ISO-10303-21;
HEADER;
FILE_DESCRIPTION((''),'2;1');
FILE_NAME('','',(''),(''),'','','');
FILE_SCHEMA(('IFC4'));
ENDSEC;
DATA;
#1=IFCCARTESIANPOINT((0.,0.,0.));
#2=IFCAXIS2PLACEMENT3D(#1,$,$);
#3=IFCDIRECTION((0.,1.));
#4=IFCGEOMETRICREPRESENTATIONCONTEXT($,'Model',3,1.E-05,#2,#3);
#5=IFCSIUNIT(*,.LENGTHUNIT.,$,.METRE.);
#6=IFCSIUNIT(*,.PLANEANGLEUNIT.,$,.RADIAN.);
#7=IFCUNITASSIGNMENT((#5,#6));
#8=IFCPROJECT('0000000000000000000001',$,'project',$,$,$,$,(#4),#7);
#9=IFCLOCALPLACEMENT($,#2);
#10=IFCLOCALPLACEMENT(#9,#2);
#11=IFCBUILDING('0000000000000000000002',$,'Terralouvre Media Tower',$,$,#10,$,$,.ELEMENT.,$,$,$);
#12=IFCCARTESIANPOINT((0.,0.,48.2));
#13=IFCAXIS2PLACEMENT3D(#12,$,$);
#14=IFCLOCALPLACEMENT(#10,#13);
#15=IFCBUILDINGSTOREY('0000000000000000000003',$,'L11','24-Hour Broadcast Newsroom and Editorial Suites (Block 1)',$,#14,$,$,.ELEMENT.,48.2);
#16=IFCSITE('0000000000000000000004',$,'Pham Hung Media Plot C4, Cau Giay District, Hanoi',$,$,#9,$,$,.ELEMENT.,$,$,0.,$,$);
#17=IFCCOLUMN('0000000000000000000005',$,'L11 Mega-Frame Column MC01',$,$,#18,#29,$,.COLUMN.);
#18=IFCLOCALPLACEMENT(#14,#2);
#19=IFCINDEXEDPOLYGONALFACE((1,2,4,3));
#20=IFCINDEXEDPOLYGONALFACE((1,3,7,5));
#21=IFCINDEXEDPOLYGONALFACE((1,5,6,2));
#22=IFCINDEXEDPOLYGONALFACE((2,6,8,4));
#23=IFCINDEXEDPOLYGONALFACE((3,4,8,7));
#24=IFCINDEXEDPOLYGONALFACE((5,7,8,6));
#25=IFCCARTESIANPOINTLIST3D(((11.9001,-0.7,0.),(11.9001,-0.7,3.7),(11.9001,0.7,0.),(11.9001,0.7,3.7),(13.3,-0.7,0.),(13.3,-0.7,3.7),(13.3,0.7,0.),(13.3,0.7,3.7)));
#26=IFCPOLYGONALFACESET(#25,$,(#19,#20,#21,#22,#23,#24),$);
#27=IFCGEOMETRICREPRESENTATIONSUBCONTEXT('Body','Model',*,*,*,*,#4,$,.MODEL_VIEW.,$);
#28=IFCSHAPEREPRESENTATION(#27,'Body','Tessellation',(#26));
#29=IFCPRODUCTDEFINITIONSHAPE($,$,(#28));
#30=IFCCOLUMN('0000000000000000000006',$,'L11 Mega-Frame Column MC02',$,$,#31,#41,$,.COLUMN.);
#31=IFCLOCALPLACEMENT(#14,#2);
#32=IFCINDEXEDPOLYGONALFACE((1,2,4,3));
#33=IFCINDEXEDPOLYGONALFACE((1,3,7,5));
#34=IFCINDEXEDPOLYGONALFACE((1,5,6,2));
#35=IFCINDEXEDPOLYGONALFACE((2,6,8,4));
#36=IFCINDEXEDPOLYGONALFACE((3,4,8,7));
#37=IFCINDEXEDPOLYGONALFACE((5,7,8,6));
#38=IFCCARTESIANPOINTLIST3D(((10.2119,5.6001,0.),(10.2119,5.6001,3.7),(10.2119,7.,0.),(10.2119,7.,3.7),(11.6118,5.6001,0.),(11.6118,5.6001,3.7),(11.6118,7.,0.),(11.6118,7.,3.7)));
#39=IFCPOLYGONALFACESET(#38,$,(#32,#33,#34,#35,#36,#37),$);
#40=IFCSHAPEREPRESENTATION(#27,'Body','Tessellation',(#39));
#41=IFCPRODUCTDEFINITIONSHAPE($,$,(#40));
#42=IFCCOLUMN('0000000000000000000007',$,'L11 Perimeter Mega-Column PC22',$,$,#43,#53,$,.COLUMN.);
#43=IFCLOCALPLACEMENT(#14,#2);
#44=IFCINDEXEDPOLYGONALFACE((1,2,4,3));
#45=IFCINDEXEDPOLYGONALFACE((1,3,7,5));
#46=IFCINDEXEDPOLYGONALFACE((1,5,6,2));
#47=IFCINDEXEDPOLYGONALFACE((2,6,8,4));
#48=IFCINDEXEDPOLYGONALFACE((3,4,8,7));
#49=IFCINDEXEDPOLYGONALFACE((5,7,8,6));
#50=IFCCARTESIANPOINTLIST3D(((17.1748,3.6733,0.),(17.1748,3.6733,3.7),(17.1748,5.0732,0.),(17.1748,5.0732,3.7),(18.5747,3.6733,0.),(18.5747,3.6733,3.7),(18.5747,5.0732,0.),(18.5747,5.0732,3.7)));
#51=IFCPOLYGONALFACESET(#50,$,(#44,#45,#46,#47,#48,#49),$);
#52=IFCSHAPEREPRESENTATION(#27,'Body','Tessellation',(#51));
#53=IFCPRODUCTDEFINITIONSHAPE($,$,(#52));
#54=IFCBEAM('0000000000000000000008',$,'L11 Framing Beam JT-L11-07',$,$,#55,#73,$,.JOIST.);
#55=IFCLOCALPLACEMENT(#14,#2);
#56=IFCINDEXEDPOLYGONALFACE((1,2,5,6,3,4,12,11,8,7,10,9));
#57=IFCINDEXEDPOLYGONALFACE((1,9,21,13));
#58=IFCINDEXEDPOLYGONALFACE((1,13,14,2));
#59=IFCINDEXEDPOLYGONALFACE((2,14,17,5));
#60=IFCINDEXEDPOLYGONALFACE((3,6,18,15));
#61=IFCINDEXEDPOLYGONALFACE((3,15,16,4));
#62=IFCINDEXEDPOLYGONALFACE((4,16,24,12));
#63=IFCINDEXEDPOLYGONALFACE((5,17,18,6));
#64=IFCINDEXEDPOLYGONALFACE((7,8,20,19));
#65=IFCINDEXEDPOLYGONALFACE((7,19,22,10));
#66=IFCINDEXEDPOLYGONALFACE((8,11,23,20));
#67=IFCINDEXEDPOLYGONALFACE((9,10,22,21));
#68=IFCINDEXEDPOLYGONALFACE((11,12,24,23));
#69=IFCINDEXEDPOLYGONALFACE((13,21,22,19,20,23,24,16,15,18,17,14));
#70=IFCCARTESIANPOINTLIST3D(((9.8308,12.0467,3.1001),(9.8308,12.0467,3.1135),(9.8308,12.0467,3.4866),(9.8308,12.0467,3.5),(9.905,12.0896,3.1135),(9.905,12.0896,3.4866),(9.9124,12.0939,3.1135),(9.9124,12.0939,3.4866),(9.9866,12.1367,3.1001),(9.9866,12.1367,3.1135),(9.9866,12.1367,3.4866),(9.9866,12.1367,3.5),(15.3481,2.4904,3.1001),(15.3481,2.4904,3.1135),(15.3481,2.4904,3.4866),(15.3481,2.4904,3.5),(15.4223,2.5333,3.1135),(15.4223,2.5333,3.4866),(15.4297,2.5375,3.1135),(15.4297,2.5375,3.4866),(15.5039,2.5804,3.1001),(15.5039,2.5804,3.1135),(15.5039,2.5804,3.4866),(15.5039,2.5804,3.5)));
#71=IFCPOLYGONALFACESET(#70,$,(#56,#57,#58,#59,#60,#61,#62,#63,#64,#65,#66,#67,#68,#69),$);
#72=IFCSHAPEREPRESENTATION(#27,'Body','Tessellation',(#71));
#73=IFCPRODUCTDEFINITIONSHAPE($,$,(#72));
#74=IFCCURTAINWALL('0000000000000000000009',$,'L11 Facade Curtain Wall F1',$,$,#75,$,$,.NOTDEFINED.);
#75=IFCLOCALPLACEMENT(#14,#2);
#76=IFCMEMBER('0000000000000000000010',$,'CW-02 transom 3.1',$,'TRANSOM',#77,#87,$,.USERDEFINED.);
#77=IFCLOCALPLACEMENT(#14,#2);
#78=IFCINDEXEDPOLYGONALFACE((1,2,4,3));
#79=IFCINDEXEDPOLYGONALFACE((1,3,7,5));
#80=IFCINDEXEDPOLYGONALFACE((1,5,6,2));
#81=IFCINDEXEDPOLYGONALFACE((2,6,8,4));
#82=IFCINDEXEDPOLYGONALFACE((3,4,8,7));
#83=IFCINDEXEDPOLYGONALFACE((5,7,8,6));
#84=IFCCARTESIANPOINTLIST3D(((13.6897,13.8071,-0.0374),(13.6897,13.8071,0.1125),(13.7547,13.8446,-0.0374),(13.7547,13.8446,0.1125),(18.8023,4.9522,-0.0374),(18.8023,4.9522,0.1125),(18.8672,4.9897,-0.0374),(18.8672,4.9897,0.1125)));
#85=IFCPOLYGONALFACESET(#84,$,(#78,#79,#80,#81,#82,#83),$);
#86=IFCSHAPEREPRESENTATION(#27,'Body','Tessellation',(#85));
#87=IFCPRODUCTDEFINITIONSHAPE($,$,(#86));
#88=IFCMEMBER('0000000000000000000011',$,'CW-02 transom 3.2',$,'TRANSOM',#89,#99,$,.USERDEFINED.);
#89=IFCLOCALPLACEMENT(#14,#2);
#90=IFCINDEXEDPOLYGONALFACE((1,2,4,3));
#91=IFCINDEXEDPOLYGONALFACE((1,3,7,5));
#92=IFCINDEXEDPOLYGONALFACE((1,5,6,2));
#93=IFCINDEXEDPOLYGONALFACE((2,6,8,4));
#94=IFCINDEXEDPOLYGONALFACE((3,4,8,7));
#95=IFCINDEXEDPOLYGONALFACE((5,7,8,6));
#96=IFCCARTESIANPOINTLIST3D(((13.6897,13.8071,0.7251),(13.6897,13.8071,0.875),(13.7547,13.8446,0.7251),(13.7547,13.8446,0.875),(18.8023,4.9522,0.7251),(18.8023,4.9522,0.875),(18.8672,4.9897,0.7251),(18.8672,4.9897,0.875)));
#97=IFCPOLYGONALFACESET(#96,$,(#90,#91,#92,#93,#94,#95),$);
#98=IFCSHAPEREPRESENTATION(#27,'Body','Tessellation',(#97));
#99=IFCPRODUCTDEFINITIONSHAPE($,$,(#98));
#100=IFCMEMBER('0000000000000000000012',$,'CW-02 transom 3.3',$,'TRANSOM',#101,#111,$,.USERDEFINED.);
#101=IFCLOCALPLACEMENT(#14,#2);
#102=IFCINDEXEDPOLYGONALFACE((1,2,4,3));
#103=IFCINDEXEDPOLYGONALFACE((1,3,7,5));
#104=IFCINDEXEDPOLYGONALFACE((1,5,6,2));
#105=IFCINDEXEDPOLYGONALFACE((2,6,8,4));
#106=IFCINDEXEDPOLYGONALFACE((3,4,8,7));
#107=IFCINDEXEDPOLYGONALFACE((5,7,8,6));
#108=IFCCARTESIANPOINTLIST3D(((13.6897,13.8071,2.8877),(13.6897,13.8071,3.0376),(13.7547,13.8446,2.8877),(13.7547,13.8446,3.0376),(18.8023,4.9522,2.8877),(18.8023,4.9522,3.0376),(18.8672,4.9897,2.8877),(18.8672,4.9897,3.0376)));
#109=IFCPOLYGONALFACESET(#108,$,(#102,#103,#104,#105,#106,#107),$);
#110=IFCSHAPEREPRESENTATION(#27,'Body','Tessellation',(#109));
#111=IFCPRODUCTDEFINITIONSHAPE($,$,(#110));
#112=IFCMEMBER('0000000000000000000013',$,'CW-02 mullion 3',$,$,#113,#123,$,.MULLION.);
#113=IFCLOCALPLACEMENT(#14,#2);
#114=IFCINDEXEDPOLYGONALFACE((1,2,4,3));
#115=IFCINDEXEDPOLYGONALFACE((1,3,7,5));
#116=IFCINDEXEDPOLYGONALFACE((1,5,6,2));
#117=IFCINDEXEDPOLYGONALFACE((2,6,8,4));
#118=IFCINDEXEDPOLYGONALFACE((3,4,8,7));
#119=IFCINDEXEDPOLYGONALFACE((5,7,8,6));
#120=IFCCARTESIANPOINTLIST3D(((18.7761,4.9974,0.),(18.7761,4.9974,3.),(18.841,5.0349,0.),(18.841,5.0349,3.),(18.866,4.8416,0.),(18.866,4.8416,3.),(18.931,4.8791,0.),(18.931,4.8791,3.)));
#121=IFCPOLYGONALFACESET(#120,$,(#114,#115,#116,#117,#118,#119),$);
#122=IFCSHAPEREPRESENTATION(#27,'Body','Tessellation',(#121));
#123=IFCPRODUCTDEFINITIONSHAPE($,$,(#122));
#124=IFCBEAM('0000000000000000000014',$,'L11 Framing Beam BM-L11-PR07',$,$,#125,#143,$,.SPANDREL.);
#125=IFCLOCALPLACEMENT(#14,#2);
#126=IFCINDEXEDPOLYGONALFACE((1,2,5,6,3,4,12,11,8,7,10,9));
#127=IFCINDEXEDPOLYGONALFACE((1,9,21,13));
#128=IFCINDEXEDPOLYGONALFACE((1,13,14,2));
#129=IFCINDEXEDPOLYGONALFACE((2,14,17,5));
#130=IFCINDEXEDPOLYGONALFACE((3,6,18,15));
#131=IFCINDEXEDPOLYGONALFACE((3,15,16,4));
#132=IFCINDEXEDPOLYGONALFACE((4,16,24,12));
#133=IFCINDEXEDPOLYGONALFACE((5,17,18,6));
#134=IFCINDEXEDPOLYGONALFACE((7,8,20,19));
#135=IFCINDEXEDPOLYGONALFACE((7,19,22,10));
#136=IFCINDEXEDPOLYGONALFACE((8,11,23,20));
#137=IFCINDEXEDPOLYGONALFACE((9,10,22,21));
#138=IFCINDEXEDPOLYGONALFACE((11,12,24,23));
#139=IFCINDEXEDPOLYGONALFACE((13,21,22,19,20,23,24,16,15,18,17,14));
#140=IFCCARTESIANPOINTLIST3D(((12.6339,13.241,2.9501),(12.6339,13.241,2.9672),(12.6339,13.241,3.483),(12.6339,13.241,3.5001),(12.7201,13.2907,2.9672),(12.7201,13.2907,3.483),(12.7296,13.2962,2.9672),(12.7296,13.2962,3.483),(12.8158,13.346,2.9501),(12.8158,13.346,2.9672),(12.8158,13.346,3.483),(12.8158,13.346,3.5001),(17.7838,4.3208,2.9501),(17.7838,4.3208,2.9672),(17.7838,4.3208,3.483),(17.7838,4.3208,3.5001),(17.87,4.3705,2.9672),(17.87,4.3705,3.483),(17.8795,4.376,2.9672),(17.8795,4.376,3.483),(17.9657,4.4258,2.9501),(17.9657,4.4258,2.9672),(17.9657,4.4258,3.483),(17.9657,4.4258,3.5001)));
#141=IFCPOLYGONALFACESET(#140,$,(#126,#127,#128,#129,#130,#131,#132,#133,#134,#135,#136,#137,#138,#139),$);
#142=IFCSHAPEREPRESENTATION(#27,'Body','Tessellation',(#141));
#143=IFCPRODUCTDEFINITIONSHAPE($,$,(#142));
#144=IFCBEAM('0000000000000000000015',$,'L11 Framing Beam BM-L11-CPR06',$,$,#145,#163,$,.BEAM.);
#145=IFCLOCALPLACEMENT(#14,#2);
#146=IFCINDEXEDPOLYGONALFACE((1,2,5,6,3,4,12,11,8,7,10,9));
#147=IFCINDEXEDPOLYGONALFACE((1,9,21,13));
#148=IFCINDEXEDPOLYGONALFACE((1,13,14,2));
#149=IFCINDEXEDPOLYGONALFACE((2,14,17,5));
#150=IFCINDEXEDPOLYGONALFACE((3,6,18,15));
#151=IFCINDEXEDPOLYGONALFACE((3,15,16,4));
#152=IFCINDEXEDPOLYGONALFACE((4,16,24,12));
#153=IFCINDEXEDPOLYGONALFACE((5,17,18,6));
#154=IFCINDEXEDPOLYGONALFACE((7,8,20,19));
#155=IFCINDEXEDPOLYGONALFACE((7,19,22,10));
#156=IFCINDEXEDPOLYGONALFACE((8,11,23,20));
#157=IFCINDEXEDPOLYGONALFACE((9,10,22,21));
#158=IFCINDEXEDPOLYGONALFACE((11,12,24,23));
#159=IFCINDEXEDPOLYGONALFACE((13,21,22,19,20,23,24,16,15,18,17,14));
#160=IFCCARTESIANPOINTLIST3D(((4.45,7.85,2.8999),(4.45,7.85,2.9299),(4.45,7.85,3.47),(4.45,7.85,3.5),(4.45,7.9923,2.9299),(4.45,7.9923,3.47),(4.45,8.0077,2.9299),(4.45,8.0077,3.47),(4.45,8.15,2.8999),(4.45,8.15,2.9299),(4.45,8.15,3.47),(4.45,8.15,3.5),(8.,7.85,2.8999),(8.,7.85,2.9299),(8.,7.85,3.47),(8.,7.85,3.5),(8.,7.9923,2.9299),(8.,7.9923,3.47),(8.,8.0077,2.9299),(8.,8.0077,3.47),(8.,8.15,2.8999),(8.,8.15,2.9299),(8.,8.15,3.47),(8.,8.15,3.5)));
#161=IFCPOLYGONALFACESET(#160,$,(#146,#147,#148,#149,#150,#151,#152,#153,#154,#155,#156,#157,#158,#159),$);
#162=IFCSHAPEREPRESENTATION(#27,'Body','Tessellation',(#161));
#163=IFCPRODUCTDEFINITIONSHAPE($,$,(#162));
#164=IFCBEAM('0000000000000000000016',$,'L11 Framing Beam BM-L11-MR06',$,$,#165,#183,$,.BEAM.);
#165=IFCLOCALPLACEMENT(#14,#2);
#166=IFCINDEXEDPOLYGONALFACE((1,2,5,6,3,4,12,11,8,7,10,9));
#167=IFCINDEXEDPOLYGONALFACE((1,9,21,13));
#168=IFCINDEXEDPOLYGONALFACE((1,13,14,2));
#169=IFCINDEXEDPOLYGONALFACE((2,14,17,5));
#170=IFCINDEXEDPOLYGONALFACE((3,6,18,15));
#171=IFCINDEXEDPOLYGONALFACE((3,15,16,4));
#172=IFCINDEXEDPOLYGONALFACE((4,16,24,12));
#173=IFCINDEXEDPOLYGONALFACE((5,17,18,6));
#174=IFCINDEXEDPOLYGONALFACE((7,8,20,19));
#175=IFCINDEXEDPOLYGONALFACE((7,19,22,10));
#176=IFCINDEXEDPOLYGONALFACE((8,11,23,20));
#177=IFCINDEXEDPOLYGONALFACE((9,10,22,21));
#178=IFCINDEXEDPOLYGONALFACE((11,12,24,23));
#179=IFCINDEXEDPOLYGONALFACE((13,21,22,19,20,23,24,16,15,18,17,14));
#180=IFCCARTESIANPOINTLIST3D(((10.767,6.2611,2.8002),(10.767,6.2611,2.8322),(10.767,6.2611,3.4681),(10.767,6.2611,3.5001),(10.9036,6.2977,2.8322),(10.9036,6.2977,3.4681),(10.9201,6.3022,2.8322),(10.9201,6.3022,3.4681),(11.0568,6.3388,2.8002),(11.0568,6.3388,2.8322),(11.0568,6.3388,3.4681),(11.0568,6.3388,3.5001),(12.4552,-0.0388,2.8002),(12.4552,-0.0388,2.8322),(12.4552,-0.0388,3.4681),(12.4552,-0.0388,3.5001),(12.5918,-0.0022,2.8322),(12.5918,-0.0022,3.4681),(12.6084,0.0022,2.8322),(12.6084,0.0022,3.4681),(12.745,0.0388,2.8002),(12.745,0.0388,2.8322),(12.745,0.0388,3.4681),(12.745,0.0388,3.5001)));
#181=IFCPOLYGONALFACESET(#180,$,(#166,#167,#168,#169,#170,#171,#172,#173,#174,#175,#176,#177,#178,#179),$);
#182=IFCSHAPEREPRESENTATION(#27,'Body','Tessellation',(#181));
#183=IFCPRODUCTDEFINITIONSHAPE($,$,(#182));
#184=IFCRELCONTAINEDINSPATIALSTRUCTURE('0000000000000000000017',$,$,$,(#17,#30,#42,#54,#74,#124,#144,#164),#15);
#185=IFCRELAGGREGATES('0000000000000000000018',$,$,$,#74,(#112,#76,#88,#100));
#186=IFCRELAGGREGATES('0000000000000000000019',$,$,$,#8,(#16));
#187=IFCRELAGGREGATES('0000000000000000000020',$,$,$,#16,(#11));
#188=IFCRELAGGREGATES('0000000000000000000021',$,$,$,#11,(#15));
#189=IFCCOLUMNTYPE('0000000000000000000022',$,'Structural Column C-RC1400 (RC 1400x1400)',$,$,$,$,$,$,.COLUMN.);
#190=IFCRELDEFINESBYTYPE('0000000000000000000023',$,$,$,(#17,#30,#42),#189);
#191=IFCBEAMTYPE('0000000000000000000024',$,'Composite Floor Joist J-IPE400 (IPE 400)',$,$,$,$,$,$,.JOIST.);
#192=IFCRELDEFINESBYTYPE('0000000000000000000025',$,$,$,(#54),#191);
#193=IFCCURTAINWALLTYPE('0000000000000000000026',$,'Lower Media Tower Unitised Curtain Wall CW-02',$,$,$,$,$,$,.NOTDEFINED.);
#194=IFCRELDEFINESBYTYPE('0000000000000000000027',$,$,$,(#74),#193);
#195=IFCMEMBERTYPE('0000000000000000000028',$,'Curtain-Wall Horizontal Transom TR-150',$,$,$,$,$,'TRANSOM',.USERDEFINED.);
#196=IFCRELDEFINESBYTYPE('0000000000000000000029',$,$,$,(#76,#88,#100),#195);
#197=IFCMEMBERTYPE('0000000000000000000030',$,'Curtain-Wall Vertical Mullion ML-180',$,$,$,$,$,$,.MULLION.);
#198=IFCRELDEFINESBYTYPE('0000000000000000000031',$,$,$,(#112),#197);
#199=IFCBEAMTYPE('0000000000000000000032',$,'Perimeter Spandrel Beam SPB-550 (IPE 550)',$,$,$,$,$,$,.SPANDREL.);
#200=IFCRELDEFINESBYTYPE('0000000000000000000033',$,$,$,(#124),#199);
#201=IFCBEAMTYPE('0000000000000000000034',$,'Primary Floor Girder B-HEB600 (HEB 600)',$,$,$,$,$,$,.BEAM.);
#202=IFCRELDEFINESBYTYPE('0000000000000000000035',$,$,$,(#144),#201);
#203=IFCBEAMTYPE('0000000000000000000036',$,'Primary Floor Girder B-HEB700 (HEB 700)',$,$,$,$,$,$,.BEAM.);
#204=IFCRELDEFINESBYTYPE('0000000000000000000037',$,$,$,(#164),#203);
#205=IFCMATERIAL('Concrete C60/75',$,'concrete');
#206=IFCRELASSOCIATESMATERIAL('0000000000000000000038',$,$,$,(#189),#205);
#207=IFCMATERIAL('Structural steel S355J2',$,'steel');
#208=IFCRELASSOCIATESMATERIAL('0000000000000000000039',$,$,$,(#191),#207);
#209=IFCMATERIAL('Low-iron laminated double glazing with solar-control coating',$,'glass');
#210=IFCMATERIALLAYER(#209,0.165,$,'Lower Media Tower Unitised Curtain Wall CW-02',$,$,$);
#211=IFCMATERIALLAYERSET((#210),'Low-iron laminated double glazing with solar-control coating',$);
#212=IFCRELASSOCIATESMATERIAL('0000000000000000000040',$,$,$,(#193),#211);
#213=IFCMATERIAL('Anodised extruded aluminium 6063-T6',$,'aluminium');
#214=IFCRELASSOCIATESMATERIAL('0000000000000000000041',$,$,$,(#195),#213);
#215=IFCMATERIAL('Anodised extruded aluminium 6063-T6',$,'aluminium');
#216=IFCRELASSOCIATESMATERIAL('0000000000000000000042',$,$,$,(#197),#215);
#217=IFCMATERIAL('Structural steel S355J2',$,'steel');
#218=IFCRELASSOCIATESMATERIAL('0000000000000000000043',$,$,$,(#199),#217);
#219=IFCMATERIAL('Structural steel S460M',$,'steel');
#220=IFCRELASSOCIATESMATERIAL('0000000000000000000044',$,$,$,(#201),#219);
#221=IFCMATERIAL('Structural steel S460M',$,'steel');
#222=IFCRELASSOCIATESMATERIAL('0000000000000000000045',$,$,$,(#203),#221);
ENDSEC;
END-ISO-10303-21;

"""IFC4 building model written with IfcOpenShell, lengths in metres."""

from ifc_helpers import new_model, si_unit, direction, frame, origin, origin_2d, place, context, subcontext, project, spatial, rectangle, i_section, extrude, material, layer, layer_set, material_profile, profile_set, type_object, element, aggregate, save


model = new_model("IFC4")

# Units and contexts
model_context = context("Model", 3, precision=1e-05, world=origin(), true_north=direction((0.0, 1.0)))
body_context = subcontext(model_context, "Body", "Model", "MODEL_VIEW")
ifc_project = project(units=[si_unit("LENGTHUNIT", "METRE"), si_unit("PLANEANGLEUNIT", "RADIAN")], contexts=[model_context])

# Site, building, storey
site_placement = place(None, origin())
site = spatial("IfcSite", under=ifc_project, at=site_placement, Name="Pham Hung Media Plot C4, Cau Giay District, Hanoi", CompositionType="ELEMENT", RefElevation=0.0)
building_placement = place(site_placement, origin())
building = spatial("IfcBuilding", under=site, at=building_placement, Name="Terralouvre Media Tower", CompositionType="ELEMENT")
storey_placement = place(building_placement, frame((0.0, 0.0, 48.2)))
storey = spatial("IfcBuildingStorey", under=building, at=storey_placement, Name="L11", Description="24-Hour Broadcast Newsroom and Editorial Suites (Block 1)", CompositionType="ELEMENT", Elevation=48.2)

# Columns
ifc_material_1 = material(Name="Concrete C60/75", Category="concrete")
ifc_material_profile_1 = material_profile(ifc_material_1, rectangle(XDim=1.3999, YDim=1.3999, at=origin_2d()), Name="RC 1400x1400")
ifc_profile_set_1 = profile_set([ifc_material_profile_1], Name="Concrete C60/75")
column_type = type_object("IfcColumnType", Name="Structural Column C-RC1400 (RC 1400x1400)", PredefinedType="COLUMN", material=ifc_profile_set_1)
for number, where, z_axis, x_axis, name in (
    (1, (12.6001, 0.0, 0.0), (0.0, 0.0, 1.0), (1.0, 0.0, 0.0), "L11 Mega-Frame Column MC01"),
    (2, (10.9119, 6.3, 0.0), (0.0, 0.0, 1.0), (1.0, 0.0, 0.0), "L11 Mega-Frame Column MC02"),
    (3, (17.8748, 4.3733, 0.0), (0.0, 0.0, 1.0), (1.0, 0.0, 0.0), "L11 Perimeter Mega-Column PC22"),
):
    element("IfcColumn", number, at=place(storey_placement, frame(where, z_axis=z_axis, x_axis=x_axis)), inside=storey, type_object=column_type, Name=name, PredefinedType="COLUMN", context=body_context, shape_type="SweptSolid", body=[
        extrude(rectangle(XDim=1.3999, YDim=1.3999, at=origin_2d()), origin(), (0.0, 0.0, 1.0), 3.7),
    ])

# Beam
ifc_material_2 = material(Name="Structural steel S355J2", Category="steel")
ifc_material_profile_2 = material_profile(ifc_material_2, i_section(OverallWidth=0.1799, OverallDepth=0.3999, WebThickness=0.0085, FlangeThickness=0.0134, at=origin_2d()), Name="IPE 400")
ifc_profile_set_2 = profile_set([ifc_material_profile_2], Name="Structural steel S355J2")
beam_type_1 = type_object("IfcBeamType", Name="Composite Floor Joist J-IPE400 (IPE 400)", PredefinedType="JOIST", material=ifc_profile_set_2)
beam_1_placement = place(storey_placement, frame((15.426, 2.5354, 3.3), z_axis=(-0.499996, 0.866028, 0.0), x_axis=(-0.866028, -0.499996, 0.0)))
element("IfcBeam", 4, at=beam_1_placement, inside=storey, type_object=beam_type_1, Name="L11 Framing Beam JT-L11-07", PredefinedType="JOIST", context=body_context, shape_type="SweptSolid", body=[
    extrude(i_section(OverallWidth=0.1799, OverallDepth=0.3999, WebThickness=0.0085, FlangeThickness=0.0134, at=origin_2d()), origin(), (0.0, 0.0, 1.0), 11.0347),
])

# Curtain wall, members
ifc_material_3 = material(Name="Low-iron laminated double glazing with solar-control coating", Category="glass")
ifc_layer_1 = layer(ifc_material_3, 0.165, Name="Lower Media Tower Unitised Curtain Wall CW-02")
ifc_layer_set_1 = layer_set([ifc_layer_1], Name="Low-iron laminated double glazing with solar-control coating")
curtain_wall_type = type_object("IfcCurtainWallType", Name="Lower Media Tower Unitised Curtain Wall CW-02", PredefinedType="NOTDEFINED", material=ifc_layer_set_1)
curtain_wall_placement = place(storey_placement, origin())
curtain_wall = element("IfcCurtainWall", 5, at=curtain_wall_placement, inside=storey, type_object=curtain_wall_type, Name="L11 Facade Curtain Wall F1", PredefinedType="NOTDEFINED")
ifc_material_4 = material(Name="Anodised extruded aluminium 6063-T6", Category="aluminium")
ifc_material_profile_3 = material_profile(ifc_material_4, rectangle(XDim=0.075, YDim=0.1499, at=origin_2d()), Name="ALU 75x150")
ifc_profile_set_3 = profile_set([ifc_material_profile_3], Name="Anodised extruded aluminium 6063-T6")
member_type_1 = type_object("IfcMemberType", Name="Curtain-Wall Horizontal Transom TR-150", ElementType="TRANSOM", PredefinedType="USERDEFINED", material=ifc_profile_set_3)
member_1_placement = place(storey_placement, frame((18.8347, 4.9709, 0.0376), z_axis=(-0.500009, 0.86602, 0.0), x_axis=(-0.86602, -0.500009, 0.0)))
member_1 = element("IfcMember", 6, at=member_1_placement, type_object=member_type_1, Name="CW-02 transom 3.1", ObjectType="TRANSOM", PredefinedType="USERDEFINED", context=body_context, shape_type="SweptSolid", body=[
    extrude(rectangle(XDim=0.075, YDim=0.1499, at=origin_2d()), origin(), (0.0, 0.0, 1.0), 10.2249),
])
member_2_placement = place(storey_placement, frame((18.8347, 4.9709, 0.8), z_axis=(-0.500009, 0.86602, 0.0), x_axis=(-0.86602, -0.500009, 0.0)))
member_2 = element("IfcMember", 7, at=member_2_placement, type_object=member_type_1, Name="CW-02 transom 3.2", ObjectType="TRANSOM", PredefinedType="USERDEFINED", context=body_context, shape_type="SweptSolid", body=[
    extrude(rectangle(XDim=0.075, YDim=0.1499, at=origin_2d()), origin(), (0.0, 0.0, 1.0), 10.2249),
])
member_3_placement = place(storey_placement, frame((18.8347, 4.9709, 2.9626), z_axis=(-0.500009, 0.86602, 0.0), x_axis=(-0.86602, -0.500009, 0.0)))
member_3 = element("IfcMember", 8, at=member_3_placement, type_object=member_type_1, Name="CW-02 transom 3.3", ObjectType="TRANSOM", PredefinedType="USERDEFINED", context=body_context, shape_type="SweptSolid", body=[
    extrude(rectangle(XDim=0.075, YDim=0.1499, at=origin_2d()), origin(), (0.0, 0.0, 1.0), 10.2249),
])
ifc_material_5 = material(Name="Anodised extruded aluminium 6063-T6", Category="aluminium")
ifc_material_profile_4 = material_profile(ifc_material_5, rectangle(XDim=0.075, YDim=0.1799, at=origin_2d()), Name="ALU 75x180")
ifc_profile_set_4 = profile_set([ifc_material_profile_4], Name="Anodised extruded aluminium 6063-T6")
member_type_2 = type_object("IfcMemberType", Name="Curtain-Wall Vertical Mullion ML-180", PredefinedType="MULLION", material=ifc_profile_set_4)
member_4_placement = place(storey_placement, frame((18.8535, 4.9382, 0.0), z_axis=(0.0, 0.0, 1.0), x_axis=(-0.866025, -0.5, 0.0)))
member_4 = element("IfcMember", 9, at=member_4_placement, type_object=member_type_2, Name="CW-02 mullion 3", PredefinedType="MULLION", context=body_context, shape_type="SweptSolid", body=[
    extrude(rectangle(XDim=0.075, YDim=0.1799, at=origin_2d()), origin(), (0.0, 0.0, 1.0), 3.0),
])

# Beams
ifc_material_6 = material(Name="Structural steel S355J2", Category="steel")
ifc_material_profile_5 = material_profile(ifc_material_6, i_section(OverallWidth=0.21, OverallDepth=0.55, WebThickness=0.011, FlangeThickness=0.0171, at=origin_2d()), Name="IPE 550")
ifc_profile_set_5 = profile_set([ifc_material_profile_5], Name="Structural steel S355J2")
beam_type_2 = type_object("IfcBeamType", Name="Perimeter Spandrel Beam SPB-550 (IPE 550)", PredefinedType="SPANDREL", material=ifc_profile_set_5)
beam_2_placement = place(storey_placement, frame((17.8748, 4.3733, 3.2251), z_axis=(-0.499989, 0.866032, 0.0), x_axis=(-0.866032, -0.499989, 0.0)))
element("IfcBeam", 10, at=beam_2_placement, inside=storey, type_object=beam_type_2, Name="L11 Framing Beam BM-L11-PR07", PredefinedType="SPANDREL", context=body_context, shape_type="SweptSolid", body=[
    extrude(i_section(OverallWidth=0.21, OverallDepth=0.55, WebThickness=0.011, FlangeThickness=0.0171, at=origin_2d()), origin(), (0.0, 0.0, 1.0), 10.3),
])
ifc_material_7 = material(Name="Structural steel S460M", Category="steel")
ifc_material_profile_6 = material_profile(ifc_material_7, i_section(OverallWidth=0.3, OverallDepth=0.6001, WebThickness=0.0154, FlangeThickness=0.03, at=origin_2d()), Name="HEB 600")
ifc_profile_set_6 = profile_set([ifc_material_profile_6], Name="Structural steel S460M")
beam_type_3 = type_object("IfcBeamType", Name="Primary Floor Girder B-HEB600 (HEB 600)", PredefinedType="BEAM", material=ifc_profile_set_6)
beam_3_placement = place(storey_placement, frame((8.0, 8.0, 3.2), z_axis=(-1.0, 0.0, 0.0), x_axis=(0.0, -1.0, 0.0)))
element("IfcBeam", 11, at=beam_3_placement, inside=storey, type_object=beam_type_3, Name="L11 Framing Beam BM-L11-CPR06", PredefinedType="BEAM", context=body_context, shape_type="SweptSolid", body=[
    extrude(i_section(OverallWidth=0.3, OverallDepth=0.6001, WebThickness=0.0154, FlangeThickness=0.03, at=origin_2d()), origin(), (0.0, 0.0, 1.0), 3.55),
])
ifc_material_8 = material(Name="Structural steel S460M", Category="steel")
ifc_material_profile_7 = material_profile(ifc_material_8, i_section(OverallWidth=0.3, OverallDepth=0.7, WebThickness=0.0171, FlangeThickness=0.032, at=origin_2d()), Name="HEB 700")
ifc_profile_set_7 = profile_set([ifc_material_profile_7], Name="Structural steel S460M")
beam_type_4 = type_object("IfcBeamType", Name="Primary Floor Girder B-HEB700 (HEB 700)", PredefinedType="BEAM", material=ifc_profile_set_7)
beam_4_placement = place(storey_placement, frame((12.6001, 0.0, 3.1501), z_axis=(-0.258839, 0.96592, 0.0), x_axis=(-0.96592, -0.258839, 0.0)))
element("IfcBeam", 12, at=beam_4_placement, inside=storey, type_object=beam_type_4, Name="L11 Framing Beam BM-L11-MR06", PredefinedType="BEAM", context=body_context, shape_type="SweptSolid", body=[
    extrude(i_section(OverallWidth=0.3, OverallDepth=0.7, WebThickness=0.0171, FlangeThickness=0.032, at=origin_2d()), origin(), (0.0, 0.0, 1.0), 6.5222),
])

aggregate(curtain_wall, [member_4, member_1, member_2, member_3])

save(model, "model.ifc")
